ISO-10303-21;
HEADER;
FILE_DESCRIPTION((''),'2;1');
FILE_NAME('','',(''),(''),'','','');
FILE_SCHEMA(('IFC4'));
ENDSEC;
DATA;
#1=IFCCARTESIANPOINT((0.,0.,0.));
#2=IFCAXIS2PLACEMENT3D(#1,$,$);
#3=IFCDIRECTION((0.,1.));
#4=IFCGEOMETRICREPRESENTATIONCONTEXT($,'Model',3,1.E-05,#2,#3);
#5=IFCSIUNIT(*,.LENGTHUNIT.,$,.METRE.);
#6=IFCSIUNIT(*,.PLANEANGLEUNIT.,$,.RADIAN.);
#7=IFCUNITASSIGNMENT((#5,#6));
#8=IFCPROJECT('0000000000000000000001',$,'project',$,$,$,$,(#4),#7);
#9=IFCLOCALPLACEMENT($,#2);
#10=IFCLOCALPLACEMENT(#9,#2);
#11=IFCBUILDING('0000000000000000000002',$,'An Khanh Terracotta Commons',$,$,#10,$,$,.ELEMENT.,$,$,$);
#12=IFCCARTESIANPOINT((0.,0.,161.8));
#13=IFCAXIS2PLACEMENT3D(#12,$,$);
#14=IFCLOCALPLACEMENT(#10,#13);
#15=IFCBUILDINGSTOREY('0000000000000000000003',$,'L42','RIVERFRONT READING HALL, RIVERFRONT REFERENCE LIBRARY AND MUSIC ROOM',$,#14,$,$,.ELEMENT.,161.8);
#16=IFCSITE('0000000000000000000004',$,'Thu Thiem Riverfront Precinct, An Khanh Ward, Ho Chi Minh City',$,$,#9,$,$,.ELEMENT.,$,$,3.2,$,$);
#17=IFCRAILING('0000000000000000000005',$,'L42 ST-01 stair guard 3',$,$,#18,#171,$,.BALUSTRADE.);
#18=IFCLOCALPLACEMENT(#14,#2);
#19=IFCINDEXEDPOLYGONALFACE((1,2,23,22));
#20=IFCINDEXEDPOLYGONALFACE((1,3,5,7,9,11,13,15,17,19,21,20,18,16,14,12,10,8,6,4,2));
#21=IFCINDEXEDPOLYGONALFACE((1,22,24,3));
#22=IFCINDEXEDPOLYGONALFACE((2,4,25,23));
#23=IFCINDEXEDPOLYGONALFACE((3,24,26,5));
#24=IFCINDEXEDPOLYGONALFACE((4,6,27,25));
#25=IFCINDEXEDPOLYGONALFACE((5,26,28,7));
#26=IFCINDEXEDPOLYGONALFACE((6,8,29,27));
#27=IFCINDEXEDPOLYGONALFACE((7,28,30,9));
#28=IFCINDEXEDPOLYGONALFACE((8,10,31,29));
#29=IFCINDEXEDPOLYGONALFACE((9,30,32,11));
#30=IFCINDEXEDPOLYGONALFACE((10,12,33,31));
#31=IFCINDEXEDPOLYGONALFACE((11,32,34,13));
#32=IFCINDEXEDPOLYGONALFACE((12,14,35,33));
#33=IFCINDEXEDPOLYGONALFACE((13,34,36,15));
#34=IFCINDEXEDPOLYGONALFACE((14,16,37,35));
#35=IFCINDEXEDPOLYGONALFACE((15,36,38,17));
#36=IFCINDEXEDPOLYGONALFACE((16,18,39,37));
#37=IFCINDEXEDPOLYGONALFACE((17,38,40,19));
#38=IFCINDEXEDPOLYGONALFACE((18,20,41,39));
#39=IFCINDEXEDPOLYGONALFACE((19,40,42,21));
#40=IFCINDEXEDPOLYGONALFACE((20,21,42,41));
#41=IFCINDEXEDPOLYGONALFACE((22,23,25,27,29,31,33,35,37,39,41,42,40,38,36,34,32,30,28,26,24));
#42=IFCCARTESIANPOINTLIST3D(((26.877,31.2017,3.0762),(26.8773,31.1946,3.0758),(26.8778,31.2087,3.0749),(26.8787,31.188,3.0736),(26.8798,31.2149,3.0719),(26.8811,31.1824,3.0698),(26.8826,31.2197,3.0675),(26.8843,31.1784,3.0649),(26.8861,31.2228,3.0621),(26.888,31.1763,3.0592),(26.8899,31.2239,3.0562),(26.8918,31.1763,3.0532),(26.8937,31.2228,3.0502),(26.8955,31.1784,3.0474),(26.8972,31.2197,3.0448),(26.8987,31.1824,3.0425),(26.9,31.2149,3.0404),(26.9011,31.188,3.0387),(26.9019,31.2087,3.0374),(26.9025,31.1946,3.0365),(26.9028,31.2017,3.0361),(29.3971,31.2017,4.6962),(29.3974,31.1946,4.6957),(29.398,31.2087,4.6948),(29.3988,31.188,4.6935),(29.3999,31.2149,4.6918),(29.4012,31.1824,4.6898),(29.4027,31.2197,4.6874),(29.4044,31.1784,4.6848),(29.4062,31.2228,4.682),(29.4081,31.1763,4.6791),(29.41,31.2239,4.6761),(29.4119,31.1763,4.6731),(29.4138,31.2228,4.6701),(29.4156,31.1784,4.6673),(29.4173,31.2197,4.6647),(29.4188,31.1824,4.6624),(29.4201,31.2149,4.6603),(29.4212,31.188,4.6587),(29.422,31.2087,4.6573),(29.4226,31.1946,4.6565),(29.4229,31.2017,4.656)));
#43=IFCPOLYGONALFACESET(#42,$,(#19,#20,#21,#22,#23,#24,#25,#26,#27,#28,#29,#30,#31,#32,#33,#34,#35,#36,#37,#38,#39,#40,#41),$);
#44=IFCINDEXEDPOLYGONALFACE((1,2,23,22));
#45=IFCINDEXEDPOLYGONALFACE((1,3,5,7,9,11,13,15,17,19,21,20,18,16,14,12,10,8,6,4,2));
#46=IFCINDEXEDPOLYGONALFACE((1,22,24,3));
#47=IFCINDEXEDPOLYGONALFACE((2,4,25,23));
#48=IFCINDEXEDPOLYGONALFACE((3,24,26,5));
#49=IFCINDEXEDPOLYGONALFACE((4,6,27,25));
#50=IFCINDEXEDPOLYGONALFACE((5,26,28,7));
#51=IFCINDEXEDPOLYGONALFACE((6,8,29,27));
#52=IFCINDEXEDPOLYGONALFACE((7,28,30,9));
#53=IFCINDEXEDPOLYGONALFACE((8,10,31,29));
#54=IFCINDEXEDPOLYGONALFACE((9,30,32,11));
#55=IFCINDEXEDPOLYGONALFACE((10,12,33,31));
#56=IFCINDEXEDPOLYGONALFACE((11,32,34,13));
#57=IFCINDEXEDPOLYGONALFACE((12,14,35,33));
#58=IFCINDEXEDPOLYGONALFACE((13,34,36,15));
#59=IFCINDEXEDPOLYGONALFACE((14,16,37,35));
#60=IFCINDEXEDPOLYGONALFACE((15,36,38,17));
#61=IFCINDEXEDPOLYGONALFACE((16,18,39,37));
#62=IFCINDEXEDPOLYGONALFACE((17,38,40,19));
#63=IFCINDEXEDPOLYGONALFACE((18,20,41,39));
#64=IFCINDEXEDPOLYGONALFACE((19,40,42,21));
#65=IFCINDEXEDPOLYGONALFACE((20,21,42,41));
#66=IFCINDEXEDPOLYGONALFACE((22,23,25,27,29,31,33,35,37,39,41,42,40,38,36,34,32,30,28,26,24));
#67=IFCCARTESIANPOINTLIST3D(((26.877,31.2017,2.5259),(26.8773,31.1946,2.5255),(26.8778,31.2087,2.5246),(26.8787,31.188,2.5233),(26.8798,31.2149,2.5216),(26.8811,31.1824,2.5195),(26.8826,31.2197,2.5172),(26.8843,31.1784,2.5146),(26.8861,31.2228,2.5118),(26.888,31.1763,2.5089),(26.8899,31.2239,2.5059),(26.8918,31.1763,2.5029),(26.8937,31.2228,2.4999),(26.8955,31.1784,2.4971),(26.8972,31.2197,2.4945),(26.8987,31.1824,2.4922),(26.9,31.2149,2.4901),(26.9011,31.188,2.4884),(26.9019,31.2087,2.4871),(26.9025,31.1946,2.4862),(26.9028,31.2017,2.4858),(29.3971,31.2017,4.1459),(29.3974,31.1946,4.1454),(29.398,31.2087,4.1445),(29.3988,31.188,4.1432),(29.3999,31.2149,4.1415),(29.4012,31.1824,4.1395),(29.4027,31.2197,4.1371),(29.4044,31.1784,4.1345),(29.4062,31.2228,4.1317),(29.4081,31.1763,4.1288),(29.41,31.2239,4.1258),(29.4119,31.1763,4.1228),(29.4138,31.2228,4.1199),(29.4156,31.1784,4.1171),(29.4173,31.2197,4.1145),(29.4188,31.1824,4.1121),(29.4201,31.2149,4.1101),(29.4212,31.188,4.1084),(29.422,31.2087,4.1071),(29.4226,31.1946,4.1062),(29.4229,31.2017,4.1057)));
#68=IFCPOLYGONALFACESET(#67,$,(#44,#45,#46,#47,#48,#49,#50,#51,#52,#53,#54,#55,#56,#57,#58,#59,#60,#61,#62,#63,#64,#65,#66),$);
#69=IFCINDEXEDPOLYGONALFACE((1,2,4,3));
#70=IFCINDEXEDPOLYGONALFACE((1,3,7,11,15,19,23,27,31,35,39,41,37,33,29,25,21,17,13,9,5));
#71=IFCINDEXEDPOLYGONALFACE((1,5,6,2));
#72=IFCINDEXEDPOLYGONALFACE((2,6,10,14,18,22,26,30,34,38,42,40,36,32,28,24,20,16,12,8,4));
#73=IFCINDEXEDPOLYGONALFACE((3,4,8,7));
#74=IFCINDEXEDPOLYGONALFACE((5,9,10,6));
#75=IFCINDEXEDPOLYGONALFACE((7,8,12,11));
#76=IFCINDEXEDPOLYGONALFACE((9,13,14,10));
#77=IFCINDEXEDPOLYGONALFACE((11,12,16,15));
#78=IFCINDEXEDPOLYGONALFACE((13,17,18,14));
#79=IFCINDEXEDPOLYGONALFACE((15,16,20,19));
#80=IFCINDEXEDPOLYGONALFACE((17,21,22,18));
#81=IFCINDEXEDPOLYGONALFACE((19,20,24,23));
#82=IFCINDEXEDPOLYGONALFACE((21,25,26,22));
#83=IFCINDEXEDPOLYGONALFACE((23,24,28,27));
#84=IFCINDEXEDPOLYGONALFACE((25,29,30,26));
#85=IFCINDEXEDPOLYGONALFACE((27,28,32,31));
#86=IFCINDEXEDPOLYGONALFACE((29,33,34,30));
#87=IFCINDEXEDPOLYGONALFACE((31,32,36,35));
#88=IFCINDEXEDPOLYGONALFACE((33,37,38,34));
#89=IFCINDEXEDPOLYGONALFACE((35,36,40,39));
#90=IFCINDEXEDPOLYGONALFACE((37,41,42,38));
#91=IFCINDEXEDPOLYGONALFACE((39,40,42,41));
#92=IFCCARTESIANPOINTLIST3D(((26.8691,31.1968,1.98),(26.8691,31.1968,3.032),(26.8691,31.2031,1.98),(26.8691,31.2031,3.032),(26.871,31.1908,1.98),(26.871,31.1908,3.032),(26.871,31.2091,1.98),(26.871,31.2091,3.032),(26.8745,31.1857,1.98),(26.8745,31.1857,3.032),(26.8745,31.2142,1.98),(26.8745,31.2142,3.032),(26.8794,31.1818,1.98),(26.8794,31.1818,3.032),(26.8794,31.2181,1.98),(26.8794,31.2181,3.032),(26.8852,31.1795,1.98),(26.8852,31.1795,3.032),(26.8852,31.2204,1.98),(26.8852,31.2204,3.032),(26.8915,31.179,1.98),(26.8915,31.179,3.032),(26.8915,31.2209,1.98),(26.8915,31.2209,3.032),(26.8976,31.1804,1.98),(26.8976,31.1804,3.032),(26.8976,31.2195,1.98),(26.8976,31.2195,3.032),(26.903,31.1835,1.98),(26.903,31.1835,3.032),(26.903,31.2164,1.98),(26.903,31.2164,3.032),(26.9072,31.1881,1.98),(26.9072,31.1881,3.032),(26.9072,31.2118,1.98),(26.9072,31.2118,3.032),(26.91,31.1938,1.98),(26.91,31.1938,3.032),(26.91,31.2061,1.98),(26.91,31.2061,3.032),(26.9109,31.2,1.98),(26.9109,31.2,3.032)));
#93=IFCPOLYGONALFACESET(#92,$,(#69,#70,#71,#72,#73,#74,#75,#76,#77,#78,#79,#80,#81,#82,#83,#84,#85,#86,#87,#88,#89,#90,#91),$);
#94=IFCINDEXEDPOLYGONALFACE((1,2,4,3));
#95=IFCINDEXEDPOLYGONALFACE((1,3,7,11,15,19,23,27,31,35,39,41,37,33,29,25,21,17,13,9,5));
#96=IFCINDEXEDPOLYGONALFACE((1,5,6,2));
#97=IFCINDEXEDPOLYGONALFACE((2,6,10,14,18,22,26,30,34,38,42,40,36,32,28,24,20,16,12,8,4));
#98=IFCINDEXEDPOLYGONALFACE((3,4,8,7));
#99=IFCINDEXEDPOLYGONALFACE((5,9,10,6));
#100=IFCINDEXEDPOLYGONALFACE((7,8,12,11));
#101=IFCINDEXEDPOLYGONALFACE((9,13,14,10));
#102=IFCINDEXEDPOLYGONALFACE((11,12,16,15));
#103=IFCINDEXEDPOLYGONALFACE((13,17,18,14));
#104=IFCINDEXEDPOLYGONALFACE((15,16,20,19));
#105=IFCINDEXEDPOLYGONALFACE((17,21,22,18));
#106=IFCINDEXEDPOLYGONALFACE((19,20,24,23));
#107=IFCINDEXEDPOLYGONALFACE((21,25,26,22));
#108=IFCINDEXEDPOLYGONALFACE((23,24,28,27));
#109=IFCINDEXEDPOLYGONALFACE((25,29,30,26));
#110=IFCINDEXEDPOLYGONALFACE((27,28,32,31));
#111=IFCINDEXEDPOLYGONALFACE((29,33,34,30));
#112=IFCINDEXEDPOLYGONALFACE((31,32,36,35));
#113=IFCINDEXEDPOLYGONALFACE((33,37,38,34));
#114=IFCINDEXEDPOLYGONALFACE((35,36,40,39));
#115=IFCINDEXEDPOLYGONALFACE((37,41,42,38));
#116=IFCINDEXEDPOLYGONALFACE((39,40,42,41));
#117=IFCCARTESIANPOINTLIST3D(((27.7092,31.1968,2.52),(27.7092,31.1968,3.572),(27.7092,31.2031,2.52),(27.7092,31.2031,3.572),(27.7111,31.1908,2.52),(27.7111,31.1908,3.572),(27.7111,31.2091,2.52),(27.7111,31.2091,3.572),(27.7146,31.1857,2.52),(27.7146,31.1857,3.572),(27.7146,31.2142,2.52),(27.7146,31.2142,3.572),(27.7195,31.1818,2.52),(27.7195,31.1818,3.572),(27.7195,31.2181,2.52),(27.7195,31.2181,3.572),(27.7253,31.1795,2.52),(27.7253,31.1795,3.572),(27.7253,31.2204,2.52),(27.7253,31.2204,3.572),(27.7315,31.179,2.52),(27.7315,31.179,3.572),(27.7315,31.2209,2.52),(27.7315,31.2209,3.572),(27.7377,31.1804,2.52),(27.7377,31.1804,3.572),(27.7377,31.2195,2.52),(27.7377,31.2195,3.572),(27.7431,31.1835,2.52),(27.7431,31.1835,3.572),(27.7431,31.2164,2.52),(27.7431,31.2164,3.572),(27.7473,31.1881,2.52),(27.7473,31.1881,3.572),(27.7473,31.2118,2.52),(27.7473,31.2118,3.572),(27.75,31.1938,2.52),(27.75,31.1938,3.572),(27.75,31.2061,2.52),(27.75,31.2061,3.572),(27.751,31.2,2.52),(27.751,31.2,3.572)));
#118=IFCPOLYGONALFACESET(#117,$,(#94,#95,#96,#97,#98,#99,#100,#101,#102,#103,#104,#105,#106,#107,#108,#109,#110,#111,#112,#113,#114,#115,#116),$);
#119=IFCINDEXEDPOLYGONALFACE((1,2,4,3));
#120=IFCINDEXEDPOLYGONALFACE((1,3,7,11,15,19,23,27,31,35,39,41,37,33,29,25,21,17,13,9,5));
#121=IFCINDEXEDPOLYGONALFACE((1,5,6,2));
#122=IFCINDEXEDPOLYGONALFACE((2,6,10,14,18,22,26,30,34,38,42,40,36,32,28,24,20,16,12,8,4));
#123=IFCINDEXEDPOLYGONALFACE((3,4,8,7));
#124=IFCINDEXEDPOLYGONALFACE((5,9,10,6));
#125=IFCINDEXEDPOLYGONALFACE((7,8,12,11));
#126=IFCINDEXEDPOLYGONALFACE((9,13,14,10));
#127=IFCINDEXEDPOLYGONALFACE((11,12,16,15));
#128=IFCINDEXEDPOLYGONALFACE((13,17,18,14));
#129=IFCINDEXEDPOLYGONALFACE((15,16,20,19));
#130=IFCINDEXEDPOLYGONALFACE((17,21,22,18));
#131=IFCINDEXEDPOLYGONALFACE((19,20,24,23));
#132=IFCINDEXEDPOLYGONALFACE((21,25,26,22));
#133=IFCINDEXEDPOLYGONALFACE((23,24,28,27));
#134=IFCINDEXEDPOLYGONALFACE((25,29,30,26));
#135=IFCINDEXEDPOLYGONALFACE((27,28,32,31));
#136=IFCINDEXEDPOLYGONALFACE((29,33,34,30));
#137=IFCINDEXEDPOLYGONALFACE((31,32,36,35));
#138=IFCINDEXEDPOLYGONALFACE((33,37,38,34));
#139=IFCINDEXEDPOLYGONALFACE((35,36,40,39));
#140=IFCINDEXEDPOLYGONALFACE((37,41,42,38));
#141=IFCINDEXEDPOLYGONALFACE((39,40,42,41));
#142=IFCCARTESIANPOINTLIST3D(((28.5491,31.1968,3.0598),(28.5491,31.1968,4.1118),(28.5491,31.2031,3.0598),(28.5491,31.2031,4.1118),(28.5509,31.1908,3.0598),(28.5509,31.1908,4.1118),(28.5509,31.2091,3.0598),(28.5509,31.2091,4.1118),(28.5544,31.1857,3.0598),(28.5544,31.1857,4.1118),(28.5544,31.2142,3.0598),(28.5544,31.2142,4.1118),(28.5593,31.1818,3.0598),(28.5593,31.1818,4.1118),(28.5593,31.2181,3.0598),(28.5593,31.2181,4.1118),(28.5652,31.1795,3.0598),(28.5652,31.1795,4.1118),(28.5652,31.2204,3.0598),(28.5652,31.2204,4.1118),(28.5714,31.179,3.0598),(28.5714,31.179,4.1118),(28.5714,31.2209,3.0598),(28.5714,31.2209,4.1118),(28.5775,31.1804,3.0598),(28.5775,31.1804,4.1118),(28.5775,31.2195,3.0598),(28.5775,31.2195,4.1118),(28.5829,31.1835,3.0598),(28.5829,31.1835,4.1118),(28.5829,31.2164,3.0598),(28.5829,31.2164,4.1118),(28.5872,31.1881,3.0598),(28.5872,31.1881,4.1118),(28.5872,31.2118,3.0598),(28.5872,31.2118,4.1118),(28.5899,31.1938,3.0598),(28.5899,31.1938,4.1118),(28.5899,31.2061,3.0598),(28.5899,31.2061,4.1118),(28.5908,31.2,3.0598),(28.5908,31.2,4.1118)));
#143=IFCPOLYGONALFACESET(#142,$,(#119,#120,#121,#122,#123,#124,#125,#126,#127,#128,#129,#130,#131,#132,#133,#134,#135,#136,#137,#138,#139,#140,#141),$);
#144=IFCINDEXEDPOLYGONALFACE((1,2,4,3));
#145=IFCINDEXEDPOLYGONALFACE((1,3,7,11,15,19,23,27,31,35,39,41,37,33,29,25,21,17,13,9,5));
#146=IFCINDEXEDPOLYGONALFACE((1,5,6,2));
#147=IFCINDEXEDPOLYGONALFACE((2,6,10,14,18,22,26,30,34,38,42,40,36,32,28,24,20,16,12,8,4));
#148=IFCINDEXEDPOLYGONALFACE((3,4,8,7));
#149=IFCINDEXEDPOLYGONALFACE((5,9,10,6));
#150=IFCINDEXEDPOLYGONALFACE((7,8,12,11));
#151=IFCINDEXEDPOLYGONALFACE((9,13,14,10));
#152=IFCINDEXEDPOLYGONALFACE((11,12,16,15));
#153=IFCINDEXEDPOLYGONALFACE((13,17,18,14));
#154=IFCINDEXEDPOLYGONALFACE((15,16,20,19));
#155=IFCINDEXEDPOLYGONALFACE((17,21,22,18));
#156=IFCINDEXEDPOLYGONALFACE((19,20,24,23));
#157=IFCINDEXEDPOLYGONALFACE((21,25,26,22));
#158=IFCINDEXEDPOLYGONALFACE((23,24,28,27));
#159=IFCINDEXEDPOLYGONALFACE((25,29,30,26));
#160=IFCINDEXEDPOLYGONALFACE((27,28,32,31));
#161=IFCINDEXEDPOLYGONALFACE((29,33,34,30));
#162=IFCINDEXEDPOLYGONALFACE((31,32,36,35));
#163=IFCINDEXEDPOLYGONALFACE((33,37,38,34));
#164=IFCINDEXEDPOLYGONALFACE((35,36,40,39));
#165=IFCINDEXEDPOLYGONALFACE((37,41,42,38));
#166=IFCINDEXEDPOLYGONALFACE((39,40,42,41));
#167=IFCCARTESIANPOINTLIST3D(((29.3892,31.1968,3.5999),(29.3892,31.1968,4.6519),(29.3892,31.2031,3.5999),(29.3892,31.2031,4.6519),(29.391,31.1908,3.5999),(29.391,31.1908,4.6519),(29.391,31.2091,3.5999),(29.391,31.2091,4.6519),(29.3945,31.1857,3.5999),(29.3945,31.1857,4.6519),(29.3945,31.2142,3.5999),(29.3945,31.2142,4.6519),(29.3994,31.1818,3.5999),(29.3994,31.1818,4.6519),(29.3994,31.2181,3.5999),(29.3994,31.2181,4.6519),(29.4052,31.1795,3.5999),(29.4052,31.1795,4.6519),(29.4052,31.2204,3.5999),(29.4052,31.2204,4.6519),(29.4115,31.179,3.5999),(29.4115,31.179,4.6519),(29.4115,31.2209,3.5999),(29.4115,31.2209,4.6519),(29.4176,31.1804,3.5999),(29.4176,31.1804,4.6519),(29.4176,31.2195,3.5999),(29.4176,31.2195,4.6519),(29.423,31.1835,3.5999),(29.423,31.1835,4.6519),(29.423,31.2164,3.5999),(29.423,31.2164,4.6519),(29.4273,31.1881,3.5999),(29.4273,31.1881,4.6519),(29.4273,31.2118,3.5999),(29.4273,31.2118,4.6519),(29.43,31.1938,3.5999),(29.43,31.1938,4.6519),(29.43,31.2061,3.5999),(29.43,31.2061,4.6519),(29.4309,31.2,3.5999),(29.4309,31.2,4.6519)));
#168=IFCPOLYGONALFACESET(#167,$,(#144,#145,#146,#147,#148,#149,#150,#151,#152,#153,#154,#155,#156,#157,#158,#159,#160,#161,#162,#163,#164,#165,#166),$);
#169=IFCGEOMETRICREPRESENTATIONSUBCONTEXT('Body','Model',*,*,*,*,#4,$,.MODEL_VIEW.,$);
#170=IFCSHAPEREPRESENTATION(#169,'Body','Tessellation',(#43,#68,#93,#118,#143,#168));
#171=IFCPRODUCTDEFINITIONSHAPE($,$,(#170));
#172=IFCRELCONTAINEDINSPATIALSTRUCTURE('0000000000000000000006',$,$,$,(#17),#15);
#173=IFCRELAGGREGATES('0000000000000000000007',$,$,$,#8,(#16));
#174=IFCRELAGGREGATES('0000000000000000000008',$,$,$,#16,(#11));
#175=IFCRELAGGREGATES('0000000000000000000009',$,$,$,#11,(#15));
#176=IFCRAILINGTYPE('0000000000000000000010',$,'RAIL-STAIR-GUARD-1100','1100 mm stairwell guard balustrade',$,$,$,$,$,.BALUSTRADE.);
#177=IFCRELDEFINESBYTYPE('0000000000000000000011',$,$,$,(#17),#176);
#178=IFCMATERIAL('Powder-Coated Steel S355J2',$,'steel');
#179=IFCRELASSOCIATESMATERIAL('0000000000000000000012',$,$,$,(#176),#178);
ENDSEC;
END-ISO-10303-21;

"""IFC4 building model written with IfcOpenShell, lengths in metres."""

from ifc_helpers import new_model, si_unit, direction, frame, origin, origin_2d, place, context, subcontext, project, spatial, circle, extrude, material, type_object, element, save


model = new_model("IFC4")

# Units and contexts
model_context = context("Model", 3, precision=1e-05, world=origin(), true_north=direction((0.0, 1.0)))
body_context = subcontext(model_context, "Body", "Model", "MODEL_VIEW")
ifc_project = project(units=[si_unit("LENGTHUNIT", "METRE"), si_unit("PLANEANGLEUNIT", "RADIAN")], contexts=[model_context])

# Site, building, storey
site_placement = place(None, origin())
site = spatial("IfcSite", under=ifc_project, at=site_placement, Name="Thu Thiem Riverfront Precinct, An Khanh Ward, Ho Chi Minh City", CompositionType="ELEMENT", RefElevation=3.2)
building_placement = place(site_placement, origin())
building = spatial("IfcBuilding", under=site, at=building_placement, Name="An Khanh Terracotta Commons", CompositionType="ELEMENT")
storey_placement = place(building_placement, frame((0.0, 0.0, 161.8)))
storey = spatial("IfcBuildingStorey", under=building, at=storey_placement, Name="L42", Description="RIVERFRONT READING HALL, RIVERFRONT REFERENCE LIBRARY AND MUSIC ROOM", CompositionType="ELEMENT", Elevation=161.8)

# Railing
ifc_material_1 = material(Name="Powder-Coated Steel S355J2", Category="steel")
railing_type_1 = type_object("IfcRailingType", Name="RAIL-STAIR-GUARD-1100", Description="1100 mm stairwell guard balustrade", PredefinedType="BALUSTRADE", material=ifc_material_1)
railing_1_placement = place(storey_placement, frame((26.8899, 31.2, 1.98)))
element("IfcRailing", 1, at=railing_1_placement, inside=storey, type_object=railing_type_1, Name="L42 ST-01 stair guard 3", PredefinedType="BALUSTRADE", context=body_context, shape_type="SweptSolid", body=[
    extrude(circle(Radius=0.0239, at=origin_2d()), frame((0.0, 0.0, 1.0762), z_axis=(0.8412, 0.0, 0.540725), x_axis=(0.0, 1.0, 0.0)), (0.0, 0.0, 1.0), 2.9958),
    extrude(circle(Radius=0.0239, at=origin_2d()), frame((0.0, 0.0, 0.5259), z_axis=(0.8412, 0.0, 0.540725), x_axis=(0.0, 1.0, 0.0)), (0.0, 0.0, 1.0), 2.9958),
    extrude(circle(Radius=0.021, at=origin_2d()), origin(), (0.0, 0.0, 1.0), 1.052),
    extrude(circle(Radius=0.021, at=origin_2d()), frame((0.8401, 0.0, 0.54)), (0.0, 0.0, 1.0), 1.052),
    extrude(circle(Radius=0.021, at=origin_2d()), frame((1.6799, 0.0, 1.0798)), (0.0, 0.0, 1.0), 1.052),
    extrude(circle(Radius=0.021, at=origin_2d()), frame((2.52, 0.0, 1.6199)), (0.0, 0.0, 1.0), 1.052),
])

save(model, "model.ifc")
